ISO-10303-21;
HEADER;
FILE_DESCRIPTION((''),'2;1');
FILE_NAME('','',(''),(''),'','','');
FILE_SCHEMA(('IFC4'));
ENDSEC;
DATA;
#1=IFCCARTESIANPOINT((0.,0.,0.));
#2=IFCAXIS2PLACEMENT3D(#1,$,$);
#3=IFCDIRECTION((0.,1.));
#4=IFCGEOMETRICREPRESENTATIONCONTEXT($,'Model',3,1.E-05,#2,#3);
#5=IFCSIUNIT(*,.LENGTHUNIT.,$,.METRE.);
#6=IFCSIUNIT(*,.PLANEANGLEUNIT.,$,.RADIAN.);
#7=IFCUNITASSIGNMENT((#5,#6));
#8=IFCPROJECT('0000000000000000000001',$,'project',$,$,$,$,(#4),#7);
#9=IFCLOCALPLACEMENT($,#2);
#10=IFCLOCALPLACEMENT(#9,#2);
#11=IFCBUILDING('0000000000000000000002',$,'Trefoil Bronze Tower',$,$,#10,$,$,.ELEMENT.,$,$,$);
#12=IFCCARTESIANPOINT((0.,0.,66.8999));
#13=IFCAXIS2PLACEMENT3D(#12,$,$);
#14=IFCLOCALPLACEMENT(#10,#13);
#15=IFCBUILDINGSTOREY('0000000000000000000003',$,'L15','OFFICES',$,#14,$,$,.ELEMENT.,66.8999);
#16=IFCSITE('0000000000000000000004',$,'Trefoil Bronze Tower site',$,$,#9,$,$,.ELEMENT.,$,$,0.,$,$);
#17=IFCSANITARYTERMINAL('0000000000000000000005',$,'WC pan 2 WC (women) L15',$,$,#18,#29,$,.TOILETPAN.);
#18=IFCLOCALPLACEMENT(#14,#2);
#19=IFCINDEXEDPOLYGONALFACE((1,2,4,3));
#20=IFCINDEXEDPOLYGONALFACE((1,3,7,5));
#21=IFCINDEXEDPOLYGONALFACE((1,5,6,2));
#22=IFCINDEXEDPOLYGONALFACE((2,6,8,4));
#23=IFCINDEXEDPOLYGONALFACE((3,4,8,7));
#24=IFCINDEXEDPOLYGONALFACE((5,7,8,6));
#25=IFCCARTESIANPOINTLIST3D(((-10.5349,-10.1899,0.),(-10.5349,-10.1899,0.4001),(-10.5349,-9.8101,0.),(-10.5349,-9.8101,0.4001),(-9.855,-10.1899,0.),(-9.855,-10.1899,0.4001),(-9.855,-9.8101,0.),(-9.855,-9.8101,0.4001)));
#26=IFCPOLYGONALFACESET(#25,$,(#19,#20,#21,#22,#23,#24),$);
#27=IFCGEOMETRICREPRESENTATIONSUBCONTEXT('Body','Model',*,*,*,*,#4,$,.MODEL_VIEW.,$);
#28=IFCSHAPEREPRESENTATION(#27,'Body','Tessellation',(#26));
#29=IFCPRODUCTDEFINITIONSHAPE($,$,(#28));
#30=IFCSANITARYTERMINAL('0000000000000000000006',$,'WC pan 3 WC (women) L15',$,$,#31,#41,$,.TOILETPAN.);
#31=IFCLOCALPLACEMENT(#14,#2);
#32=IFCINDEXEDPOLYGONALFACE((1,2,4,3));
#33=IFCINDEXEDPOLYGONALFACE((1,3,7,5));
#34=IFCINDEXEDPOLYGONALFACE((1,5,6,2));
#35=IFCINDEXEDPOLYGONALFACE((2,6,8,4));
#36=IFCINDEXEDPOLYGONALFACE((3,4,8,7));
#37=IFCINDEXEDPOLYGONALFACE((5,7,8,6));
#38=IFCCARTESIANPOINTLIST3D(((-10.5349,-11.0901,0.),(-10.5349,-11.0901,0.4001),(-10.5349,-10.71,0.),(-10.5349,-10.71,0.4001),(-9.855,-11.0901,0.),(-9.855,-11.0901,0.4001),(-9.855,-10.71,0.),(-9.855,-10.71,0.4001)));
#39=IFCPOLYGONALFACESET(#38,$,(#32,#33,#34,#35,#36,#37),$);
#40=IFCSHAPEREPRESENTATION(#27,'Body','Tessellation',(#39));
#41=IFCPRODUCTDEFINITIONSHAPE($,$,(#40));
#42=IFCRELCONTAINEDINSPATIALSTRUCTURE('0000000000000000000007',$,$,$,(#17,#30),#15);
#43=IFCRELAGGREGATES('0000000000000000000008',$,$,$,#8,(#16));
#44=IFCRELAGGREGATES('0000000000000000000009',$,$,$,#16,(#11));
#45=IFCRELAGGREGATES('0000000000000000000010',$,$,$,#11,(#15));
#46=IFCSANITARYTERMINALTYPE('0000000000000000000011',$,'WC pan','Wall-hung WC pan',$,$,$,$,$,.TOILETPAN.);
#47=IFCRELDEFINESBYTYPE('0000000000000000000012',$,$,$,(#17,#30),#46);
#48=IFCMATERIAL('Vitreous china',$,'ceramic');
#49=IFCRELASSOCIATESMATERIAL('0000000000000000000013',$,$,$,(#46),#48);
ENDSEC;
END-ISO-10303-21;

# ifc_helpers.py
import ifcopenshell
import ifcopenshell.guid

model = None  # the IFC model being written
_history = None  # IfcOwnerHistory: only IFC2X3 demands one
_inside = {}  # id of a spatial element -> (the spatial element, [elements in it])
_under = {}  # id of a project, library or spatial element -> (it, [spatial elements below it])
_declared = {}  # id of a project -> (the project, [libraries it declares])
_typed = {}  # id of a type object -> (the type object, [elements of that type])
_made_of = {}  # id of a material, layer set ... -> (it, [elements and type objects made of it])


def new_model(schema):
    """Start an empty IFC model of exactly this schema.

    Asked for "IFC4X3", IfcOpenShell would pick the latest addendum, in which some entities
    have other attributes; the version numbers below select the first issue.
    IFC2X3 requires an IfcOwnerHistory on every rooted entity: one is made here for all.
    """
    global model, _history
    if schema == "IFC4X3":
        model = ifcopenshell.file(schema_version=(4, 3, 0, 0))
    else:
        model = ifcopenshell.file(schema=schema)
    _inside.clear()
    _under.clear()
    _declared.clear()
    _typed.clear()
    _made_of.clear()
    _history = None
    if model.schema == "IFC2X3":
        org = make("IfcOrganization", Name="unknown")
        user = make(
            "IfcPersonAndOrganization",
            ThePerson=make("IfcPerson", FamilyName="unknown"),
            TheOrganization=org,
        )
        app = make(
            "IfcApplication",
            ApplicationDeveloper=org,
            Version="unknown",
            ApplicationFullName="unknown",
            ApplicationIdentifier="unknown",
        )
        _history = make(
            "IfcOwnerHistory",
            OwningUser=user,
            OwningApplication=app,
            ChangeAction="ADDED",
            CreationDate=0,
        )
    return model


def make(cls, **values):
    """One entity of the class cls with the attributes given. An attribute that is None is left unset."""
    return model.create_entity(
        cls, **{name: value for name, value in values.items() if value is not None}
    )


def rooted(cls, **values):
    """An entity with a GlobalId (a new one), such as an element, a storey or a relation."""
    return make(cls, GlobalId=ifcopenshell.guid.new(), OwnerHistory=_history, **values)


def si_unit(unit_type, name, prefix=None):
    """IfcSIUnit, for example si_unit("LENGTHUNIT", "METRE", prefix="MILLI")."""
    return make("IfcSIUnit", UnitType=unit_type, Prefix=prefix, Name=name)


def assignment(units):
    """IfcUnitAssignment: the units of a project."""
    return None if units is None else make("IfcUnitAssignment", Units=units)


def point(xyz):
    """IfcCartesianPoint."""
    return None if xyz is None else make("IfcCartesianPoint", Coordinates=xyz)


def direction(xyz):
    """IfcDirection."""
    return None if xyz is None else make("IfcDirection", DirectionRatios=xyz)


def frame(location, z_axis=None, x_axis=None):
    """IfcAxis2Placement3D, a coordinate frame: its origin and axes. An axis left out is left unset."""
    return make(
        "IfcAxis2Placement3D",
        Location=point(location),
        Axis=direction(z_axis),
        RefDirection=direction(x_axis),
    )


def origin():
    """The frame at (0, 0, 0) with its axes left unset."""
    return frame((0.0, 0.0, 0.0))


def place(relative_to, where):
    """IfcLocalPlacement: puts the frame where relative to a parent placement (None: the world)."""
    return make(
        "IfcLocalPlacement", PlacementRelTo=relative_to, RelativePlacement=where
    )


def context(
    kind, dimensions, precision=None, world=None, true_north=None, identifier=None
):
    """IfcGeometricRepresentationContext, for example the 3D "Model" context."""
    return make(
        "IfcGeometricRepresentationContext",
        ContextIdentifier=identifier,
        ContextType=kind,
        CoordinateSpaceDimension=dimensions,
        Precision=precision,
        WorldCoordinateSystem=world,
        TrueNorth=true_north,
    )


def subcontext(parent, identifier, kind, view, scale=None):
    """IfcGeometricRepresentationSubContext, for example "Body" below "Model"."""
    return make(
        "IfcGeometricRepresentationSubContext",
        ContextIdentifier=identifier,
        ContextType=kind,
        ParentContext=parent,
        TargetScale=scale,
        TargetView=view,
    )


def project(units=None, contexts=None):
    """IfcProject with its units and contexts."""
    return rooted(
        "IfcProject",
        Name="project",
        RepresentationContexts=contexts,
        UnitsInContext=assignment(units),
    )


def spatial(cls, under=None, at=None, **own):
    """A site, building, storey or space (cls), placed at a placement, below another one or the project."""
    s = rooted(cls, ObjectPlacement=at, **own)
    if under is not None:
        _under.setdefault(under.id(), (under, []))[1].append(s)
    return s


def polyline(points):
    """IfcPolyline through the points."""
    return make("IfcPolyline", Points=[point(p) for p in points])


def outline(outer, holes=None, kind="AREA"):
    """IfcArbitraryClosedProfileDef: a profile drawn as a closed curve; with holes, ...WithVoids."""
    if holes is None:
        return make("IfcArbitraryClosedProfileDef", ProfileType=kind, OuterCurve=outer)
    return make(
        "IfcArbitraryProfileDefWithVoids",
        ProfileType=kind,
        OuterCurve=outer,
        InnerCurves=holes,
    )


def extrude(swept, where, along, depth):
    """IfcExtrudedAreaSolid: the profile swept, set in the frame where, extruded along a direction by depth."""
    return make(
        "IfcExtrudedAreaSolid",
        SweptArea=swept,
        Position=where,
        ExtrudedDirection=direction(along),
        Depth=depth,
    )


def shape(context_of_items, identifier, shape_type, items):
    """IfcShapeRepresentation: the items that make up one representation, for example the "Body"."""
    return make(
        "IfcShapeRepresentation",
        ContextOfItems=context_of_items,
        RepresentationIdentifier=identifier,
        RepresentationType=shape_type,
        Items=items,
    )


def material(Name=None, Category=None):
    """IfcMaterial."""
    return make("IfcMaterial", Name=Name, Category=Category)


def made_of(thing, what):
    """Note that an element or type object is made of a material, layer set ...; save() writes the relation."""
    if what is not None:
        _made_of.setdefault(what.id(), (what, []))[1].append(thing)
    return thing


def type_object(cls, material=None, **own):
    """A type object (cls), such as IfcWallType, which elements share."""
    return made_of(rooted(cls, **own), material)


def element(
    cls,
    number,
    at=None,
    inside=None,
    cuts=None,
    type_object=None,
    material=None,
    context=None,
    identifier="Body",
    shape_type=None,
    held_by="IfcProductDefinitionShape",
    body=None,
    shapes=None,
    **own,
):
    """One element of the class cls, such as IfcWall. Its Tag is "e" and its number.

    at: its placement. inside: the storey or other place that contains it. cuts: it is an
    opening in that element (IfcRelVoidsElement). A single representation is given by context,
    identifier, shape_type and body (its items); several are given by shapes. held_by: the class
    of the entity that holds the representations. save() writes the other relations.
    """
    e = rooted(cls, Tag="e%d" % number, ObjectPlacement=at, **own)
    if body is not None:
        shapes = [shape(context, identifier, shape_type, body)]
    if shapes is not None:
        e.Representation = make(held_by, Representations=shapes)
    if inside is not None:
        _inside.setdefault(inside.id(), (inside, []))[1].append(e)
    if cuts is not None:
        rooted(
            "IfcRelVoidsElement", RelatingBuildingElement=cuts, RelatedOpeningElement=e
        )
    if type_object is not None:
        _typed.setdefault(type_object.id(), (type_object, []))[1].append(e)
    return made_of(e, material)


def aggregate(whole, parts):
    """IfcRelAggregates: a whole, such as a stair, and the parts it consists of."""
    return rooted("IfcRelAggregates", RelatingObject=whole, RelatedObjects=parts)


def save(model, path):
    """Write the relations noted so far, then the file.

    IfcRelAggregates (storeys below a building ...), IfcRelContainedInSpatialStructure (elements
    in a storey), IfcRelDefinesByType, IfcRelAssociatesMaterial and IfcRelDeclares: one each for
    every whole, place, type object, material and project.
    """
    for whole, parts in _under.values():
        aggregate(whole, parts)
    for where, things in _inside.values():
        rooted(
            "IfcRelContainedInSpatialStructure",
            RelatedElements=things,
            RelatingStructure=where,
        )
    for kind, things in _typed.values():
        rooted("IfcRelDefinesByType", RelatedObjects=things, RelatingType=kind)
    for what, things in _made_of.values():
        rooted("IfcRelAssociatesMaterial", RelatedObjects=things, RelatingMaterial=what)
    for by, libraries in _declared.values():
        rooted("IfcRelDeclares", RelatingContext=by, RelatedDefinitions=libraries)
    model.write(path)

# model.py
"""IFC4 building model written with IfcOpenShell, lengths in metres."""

from ifc_helpers import new_model, si_unit, direction, frame, origin, place, context, subcontext, project, spatial, polyline, outline, extrude, material, type_object, element, save


model = new_model("IFC4")

# Units and contexts
model_context = context("Model", 3, precision=1e-05, world=origin(), true_north=direction((0.0, 1.0)))
body_context = subcontext(model_context, "Body", "Model", "MODEL_VIEW")
ifc_project = project(units=[si_unit("LENGTHUNIT", "METRE"), si_unit("PLANEANGLEUNIT", "RADIAN")], contexts=[model_context])

# Site, building, storey
site_placement = place(None, origin())
site = spatial("IfcSite", under=ifc_project, at=site_placement, Name="Trefoil Bronze Tower site", CompositionType="ELEMENT", RefElevation=0.0)
building_placement = place(site_placement, origin())
building = spatial("IfcBuilding", under=site, at=building_placement, Name="Trefoil Bronze Tower", CompositionType="ELEMENT")
storey_placement = place(building_placement, frame((0.0, 0.0, 66.8999)))
storey = spatial("IfcBuildingStorey", under=building, at=storey_placement, Name="L15", Description="OFFICES", CompositionType="ELEMENT", Elevation=66.8999)

# Sanitary terminals
ifc_material_1 = material(Name="Vitreous china", Category="ceramic")
sanitary_terminal_type = type_object("IfcSanitaryTerminalType", Name="WC pan", Description="Wall-hung WC pan", PredefinedType="TOILETPAN", material=ifc_material_1)
sanitary_terminal_1_placement = place(storey_placement, origin())
element("IfcSanitaryTerminal", 1, at=sanitary_terminal_1_placement, inside=storey, type_object=sanitary_terminal_type, Name="WC pan 2 WC (women) L15", PredefinedType="TOILETPAN", context=body_context, shape_type="SweptSolid", body=[
    extrude(outline(polyline([(-9.855, -9.8101), (-10.5349, -9.8101), (-10.5349, -10.1899), (-9.855, -10.1899), (-9.855, -9.8101)])), origin(), (0.0, 0.0, 1.0), 0.4001),
])
sanitary_terminal_2_placement = place(storey_placement, origin())
element("IfcSanitaryTerminal", 2, at=sanitary_terminal_2_placement, inside=storey, type_object=sanitary_terminal_type, Name="WC pan 3 WC (women) L15", PredefinedType="TOILETPAN", context=body_context, shape_type="SweptSolid", body=[
    extrude(outline(polyline([(-9.855, -10.71), (-10.5349, -10.71), (-10.5349, -11.0901), (-9.855, -11.0901), (-9.855, -10.71)])), origin(), (0.0, 0.0, 1.0), 0.4001),
])

save(model, "model.ifc")
